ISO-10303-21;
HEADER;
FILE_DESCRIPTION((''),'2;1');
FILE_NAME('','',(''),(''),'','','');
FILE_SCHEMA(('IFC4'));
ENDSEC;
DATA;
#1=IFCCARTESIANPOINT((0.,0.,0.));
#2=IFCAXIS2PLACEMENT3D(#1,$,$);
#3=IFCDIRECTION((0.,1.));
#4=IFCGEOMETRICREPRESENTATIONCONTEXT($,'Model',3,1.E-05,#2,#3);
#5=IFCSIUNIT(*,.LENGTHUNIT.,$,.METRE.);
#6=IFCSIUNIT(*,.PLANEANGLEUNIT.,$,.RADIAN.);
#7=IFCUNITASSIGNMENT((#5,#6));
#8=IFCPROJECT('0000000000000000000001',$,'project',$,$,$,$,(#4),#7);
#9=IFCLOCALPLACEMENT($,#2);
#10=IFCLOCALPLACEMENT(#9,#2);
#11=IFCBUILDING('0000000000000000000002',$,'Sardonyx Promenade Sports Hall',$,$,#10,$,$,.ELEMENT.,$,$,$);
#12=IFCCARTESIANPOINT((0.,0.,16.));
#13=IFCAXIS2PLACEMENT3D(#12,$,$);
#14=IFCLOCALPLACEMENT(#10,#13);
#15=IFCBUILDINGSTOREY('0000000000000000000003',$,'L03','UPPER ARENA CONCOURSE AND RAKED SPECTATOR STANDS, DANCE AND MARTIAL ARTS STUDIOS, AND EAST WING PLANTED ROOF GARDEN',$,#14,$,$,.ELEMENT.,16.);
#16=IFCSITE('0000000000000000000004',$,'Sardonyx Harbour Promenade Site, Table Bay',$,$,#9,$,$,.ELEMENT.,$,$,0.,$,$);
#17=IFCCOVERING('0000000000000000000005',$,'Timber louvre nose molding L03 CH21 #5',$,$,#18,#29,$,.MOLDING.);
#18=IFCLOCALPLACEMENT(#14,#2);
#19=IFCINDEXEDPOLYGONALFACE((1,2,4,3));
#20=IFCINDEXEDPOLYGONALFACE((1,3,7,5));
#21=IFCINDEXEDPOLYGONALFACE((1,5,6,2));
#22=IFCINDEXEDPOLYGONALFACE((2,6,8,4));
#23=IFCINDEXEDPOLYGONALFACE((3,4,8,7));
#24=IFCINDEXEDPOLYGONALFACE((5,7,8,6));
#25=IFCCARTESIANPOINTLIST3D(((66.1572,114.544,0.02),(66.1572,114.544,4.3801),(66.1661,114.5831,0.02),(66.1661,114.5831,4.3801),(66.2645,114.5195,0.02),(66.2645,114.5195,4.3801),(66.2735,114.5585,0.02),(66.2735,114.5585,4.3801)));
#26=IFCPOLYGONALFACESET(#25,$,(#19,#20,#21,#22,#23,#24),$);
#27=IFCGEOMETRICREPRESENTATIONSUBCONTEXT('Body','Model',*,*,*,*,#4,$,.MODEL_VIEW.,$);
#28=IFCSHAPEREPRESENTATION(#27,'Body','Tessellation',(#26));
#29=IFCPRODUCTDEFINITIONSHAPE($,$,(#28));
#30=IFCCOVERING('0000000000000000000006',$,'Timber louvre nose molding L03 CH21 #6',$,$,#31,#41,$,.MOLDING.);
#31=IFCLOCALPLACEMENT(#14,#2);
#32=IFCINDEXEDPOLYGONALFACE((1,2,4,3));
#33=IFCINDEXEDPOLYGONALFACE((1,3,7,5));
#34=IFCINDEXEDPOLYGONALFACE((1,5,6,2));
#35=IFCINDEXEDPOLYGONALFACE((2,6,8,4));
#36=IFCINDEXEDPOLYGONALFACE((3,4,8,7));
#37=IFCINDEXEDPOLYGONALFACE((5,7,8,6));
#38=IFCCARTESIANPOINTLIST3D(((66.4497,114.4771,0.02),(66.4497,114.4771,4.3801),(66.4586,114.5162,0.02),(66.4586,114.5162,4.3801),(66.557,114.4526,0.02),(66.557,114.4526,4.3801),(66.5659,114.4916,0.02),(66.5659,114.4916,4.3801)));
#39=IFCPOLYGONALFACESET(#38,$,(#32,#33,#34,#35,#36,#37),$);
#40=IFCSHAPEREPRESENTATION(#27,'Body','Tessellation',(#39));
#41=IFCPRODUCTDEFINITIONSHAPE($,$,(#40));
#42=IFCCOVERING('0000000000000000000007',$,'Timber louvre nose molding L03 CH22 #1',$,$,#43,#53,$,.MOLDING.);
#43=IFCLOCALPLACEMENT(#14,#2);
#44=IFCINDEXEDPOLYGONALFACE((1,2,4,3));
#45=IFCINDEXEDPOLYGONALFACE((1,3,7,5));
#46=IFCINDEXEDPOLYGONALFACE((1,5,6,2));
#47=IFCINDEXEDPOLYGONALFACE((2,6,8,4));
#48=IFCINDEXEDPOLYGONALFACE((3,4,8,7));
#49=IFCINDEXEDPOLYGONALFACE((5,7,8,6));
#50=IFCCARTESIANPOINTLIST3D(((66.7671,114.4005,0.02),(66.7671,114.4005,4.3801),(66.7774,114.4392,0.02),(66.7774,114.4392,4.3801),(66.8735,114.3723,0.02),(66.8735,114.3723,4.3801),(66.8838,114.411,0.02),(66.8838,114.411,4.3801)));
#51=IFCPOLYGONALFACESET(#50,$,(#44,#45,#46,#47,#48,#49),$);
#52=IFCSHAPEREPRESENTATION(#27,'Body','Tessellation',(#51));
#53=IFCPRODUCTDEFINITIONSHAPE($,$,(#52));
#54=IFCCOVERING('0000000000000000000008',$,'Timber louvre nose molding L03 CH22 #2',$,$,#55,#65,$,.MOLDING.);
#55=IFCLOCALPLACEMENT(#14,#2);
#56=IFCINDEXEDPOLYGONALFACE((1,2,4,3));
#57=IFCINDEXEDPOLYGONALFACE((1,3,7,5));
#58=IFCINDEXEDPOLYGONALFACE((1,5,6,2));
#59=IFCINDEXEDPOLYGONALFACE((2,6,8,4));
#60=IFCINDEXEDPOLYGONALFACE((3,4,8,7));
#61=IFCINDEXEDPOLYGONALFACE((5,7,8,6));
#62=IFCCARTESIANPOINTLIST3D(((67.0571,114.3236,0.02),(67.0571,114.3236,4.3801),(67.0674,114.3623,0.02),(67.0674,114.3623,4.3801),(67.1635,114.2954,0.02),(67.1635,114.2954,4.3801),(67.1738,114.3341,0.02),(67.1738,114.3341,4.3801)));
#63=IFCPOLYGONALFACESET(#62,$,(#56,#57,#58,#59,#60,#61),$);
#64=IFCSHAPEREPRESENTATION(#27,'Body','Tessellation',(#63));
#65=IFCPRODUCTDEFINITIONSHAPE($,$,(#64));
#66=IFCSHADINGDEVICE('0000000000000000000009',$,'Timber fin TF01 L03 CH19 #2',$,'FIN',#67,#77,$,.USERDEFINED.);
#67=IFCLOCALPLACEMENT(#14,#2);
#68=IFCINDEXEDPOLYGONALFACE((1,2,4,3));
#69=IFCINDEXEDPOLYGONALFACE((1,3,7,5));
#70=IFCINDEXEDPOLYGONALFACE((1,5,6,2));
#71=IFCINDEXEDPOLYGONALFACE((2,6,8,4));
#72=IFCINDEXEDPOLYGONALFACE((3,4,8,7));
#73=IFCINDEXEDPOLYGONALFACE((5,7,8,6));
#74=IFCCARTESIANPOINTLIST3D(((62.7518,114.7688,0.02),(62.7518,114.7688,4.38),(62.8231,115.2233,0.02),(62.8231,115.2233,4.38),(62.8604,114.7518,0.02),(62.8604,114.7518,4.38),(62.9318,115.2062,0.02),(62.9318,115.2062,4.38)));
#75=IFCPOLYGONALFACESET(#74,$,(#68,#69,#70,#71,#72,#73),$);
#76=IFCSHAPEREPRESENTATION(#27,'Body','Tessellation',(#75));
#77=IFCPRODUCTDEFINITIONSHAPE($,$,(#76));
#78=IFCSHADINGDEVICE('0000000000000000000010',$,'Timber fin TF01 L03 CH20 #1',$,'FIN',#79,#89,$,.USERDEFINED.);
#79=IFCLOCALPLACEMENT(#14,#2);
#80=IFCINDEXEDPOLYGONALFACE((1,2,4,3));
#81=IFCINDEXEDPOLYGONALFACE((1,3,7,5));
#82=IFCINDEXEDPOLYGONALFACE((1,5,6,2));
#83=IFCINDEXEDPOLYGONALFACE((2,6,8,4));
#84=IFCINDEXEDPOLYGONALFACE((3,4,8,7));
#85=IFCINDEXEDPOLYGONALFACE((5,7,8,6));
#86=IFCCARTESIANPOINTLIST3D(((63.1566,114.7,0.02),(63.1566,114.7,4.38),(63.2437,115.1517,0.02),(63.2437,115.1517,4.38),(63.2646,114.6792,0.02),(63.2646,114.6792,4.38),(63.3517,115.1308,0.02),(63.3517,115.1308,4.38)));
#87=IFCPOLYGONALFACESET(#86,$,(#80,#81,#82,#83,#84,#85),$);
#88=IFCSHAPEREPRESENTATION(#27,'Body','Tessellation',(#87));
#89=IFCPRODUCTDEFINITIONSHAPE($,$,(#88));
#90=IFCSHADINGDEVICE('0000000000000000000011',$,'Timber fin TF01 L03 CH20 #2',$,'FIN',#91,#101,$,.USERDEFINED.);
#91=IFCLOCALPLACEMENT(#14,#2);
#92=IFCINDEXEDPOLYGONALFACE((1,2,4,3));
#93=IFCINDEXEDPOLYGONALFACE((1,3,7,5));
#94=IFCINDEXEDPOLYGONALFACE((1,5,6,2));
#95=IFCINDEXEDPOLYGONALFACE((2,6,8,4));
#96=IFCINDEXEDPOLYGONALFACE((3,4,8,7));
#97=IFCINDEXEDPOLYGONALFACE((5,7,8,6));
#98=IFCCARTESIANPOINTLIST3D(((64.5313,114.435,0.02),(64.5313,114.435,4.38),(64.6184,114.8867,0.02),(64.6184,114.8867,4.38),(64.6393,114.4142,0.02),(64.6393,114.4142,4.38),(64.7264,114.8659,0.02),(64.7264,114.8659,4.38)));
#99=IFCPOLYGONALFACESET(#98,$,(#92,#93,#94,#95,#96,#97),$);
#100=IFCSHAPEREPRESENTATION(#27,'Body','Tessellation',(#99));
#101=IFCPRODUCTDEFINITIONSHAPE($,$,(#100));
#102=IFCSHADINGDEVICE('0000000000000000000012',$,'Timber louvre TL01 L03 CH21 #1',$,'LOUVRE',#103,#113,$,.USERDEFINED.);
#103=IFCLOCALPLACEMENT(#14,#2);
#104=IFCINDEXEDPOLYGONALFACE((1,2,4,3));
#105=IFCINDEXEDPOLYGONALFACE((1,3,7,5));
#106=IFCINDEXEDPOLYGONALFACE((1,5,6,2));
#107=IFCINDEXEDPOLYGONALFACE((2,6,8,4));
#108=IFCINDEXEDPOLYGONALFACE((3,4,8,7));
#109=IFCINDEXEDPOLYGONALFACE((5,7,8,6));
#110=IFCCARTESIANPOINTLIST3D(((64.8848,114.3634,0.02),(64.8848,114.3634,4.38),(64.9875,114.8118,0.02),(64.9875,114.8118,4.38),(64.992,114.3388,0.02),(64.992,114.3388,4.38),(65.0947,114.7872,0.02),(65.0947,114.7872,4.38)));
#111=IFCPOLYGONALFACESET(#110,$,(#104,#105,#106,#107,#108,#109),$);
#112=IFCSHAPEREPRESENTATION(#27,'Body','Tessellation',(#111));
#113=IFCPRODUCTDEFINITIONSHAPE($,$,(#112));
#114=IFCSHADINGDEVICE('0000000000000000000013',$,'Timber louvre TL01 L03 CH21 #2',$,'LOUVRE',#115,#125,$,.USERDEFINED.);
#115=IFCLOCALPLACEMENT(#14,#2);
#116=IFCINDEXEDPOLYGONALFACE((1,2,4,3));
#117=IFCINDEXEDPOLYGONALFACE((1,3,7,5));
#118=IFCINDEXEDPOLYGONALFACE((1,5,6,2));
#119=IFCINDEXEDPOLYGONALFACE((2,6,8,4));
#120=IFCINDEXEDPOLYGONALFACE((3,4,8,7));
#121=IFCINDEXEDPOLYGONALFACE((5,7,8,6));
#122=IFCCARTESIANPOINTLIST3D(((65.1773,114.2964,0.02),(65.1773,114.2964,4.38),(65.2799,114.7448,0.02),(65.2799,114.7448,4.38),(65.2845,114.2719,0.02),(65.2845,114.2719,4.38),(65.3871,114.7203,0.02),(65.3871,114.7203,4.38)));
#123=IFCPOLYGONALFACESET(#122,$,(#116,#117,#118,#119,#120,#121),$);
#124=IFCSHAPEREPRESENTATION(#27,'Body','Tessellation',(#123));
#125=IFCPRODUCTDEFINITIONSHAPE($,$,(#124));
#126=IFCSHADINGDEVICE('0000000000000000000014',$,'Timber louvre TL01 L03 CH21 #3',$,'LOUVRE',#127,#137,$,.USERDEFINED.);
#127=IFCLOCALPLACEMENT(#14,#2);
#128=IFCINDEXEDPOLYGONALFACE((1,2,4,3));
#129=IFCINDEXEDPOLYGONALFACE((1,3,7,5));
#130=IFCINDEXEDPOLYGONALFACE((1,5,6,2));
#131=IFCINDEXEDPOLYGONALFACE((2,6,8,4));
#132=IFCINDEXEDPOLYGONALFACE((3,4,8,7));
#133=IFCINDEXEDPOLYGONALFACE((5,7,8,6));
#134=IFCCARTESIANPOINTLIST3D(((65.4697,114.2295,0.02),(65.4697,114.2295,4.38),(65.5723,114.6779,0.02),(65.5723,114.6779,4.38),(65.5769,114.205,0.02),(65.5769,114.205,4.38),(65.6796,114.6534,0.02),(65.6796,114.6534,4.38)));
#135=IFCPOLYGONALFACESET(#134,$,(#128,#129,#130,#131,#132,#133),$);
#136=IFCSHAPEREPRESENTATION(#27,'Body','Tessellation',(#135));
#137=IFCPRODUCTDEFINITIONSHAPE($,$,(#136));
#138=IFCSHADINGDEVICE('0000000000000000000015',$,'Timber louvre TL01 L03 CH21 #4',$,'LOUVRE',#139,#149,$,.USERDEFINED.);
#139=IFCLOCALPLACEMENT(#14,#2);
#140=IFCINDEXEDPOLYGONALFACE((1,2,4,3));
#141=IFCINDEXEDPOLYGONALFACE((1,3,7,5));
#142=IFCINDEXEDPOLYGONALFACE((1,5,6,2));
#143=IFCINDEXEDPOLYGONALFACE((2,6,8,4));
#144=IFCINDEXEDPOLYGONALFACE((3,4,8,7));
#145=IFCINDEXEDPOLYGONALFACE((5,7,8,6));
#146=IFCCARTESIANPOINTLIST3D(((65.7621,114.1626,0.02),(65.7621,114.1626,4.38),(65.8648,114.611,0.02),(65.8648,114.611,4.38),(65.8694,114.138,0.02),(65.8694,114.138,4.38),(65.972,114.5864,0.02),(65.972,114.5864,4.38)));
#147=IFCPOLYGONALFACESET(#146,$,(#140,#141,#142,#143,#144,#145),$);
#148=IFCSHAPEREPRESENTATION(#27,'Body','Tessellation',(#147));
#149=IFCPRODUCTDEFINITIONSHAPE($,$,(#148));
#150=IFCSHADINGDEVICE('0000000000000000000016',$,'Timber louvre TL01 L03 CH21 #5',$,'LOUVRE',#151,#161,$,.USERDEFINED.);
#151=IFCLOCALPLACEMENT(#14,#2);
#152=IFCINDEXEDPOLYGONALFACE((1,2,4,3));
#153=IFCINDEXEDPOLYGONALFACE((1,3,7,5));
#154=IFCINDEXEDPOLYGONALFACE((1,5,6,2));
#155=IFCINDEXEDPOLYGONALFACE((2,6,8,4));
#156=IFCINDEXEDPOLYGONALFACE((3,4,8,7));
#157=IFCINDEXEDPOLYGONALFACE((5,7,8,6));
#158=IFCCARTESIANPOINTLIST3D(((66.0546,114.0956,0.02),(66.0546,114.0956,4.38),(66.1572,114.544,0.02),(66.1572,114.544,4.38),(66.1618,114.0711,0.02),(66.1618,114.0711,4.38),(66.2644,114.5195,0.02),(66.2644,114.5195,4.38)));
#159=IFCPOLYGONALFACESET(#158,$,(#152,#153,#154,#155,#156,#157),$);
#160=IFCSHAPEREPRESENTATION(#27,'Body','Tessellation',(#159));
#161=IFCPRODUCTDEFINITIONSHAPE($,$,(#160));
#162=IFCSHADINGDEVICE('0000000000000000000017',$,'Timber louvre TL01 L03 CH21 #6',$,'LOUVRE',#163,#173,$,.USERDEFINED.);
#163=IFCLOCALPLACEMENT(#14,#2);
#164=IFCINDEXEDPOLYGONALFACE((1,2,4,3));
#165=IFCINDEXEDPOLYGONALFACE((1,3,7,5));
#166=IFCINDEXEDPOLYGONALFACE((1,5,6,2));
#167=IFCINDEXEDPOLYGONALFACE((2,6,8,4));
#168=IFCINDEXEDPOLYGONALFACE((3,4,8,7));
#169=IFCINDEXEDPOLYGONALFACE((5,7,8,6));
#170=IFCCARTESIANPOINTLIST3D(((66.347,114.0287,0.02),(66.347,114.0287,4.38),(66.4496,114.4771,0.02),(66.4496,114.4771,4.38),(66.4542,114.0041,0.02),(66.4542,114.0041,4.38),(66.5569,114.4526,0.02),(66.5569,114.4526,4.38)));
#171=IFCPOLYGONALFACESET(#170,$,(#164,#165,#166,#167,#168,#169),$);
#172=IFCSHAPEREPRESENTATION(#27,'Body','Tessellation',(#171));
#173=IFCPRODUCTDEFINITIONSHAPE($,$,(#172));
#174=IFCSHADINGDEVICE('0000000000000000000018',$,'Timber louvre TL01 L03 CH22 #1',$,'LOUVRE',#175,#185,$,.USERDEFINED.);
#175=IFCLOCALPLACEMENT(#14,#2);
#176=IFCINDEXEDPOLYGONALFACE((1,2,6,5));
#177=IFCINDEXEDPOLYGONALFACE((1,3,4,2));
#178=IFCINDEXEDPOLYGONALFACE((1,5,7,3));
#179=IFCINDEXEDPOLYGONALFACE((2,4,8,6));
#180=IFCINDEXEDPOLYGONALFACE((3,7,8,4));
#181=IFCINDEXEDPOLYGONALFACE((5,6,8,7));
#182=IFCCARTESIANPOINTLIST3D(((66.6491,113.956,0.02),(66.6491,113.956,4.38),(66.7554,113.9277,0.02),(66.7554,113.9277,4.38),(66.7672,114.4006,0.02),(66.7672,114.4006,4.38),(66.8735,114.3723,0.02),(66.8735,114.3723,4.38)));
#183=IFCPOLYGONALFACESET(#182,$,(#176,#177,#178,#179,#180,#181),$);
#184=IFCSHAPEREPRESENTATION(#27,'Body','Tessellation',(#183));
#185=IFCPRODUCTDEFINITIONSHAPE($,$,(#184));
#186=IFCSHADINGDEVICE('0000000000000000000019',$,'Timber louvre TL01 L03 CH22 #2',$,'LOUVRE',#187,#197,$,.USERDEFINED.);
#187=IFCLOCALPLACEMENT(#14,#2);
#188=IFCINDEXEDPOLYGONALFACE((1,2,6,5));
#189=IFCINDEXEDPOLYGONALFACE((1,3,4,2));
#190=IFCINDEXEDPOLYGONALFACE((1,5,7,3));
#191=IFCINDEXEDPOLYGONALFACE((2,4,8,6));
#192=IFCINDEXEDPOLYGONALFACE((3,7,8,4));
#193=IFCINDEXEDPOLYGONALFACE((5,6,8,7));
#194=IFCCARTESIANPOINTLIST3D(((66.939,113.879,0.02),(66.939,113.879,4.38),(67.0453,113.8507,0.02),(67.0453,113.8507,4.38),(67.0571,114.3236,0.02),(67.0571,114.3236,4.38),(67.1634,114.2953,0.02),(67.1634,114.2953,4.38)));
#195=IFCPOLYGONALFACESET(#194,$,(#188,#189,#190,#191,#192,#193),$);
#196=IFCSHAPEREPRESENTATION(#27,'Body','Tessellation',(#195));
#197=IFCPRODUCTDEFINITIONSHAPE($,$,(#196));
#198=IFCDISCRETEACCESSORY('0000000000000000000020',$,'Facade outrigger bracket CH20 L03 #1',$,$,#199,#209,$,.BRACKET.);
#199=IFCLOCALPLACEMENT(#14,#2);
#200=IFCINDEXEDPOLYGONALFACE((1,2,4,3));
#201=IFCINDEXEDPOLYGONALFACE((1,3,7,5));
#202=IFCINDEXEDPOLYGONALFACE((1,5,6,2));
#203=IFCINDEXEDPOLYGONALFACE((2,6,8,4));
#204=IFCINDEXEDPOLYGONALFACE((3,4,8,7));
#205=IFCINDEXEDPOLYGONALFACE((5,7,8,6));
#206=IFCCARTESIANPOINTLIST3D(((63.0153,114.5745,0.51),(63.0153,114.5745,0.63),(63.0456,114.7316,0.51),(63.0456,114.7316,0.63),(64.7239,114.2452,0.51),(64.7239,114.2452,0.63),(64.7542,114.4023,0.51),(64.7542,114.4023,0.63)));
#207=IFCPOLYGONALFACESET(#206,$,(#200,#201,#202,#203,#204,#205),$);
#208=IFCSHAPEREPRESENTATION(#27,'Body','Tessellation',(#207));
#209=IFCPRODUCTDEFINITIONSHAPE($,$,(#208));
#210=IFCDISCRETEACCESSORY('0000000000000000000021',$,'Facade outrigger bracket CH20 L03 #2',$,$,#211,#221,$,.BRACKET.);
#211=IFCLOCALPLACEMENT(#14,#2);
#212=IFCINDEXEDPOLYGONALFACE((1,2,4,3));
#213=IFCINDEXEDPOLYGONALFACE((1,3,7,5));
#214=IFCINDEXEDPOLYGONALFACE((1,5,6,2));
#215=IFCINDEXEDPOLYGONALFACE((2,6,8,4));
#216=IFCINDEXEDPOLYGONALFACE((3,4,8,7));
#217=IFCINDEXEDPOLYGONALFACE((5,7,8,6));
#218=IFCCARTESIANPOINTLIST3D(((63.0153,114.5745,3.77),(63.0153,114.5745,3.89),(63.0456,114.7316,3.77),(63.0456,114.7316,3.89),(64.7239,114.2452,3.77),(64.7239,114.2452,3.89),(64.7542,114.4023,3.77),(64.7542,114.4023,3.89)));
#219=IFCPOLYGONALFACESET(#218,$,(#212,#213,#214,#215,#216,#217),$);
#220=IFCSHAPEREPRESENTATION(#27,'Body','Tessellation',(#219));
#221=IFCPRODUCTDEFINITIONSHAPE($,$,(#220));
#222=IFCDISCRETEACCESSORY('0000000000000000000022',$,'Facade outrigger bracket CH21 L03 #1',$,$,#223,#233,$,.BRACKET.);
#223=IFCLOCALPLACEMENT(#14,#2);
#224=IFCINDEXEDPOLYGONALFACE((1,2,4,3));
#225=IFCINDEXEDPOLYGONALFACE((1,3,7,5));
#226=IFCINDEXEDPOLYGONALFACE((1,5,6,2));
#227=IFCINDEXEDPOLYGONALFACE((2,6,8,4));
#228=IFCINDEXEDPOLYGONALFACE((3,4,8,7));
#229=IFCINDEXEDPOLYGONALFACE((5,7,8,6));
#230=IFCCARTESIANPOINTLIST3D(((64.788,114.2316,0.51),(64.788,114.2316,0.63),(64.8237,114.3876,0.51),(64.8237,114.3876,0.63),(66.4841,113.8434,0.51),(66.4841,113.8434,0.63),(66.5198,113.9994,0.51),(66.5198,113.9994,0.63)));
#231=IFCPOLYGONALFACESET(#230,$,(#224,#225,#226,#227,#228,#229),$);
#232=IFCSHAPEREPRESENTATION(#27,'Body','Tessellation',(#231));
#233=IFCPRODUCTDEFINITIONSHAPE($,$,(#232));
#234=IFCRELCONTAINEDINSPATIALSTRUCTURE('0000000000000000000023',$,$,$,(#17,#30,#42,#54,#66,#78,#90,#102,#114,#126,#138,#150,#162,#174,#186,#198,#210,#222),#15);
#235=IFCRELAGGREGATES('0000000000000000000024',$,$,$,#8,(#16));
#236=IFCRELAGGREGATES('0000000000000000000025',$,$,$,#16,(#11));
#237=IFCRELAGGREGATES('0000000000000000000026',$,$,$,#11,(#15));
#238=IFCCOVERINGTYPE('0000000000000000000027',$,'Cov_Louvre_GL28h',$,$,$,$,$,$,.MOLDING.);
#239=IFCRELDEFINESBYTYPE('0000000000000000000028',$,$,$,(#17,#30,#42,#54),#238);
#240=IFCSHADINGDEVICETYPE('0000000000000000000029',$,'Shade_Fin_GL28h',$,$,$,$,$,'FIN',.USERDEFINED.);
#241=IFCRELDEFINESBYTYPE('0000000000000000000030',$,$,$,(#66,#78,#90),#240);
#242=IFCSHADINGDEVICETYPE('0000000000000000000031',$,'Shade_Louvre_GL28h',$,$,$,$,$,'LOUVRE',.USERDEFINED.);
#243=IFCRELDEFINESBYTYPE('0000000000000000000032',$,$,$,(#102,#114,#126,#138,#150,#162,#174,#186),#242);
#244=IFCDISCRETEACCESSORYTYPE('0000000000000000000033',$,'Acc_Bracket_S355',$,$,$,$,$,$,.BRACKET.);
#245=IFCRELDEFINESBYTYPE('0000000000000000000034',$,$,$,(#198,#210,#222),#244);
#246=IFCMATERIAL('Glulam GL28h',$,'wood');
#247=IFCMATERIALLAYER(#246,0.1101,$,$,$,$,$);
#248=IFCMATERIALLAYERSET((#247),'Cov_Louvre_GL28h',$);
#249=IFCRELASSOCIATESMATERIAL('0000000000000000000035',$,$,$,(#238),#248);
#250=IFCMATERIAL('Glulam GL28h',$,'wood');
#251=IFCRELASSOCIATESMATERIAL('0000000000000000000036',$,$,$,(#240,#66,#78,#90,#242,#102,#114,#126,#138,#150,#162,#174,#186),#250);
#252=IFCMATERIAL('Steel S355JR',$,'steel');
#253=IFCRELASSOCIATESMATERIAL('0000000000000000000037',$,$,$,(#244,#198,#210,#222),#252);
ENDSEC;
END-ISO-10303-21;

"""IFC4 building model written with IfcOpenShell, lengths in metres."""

from ifc_helpers import new_model, si_unit, direction, frame, origin, origin_2d, place, context, subcontext, project, spatial, rectangle, extrude, material, layer, layer_set, type_object, element, save


model = new_model("IFC4")

# Units and contexts
model_context = context("Model", 3, precision=1e-05, world=origin(), true_north=direction((0.0, 1.0)))
body_context = subcontext(model_context, "Body", "Model", "MODEL_VIEW")
ifc_project = project(units=[si_unit("LENGTHUNIT", "METRE"), si_unit("PLANEANGLEUNIT", "RADIAN")], contexts=[model_context])

# Site, building, storey
site_placement = place(None, origin())
site = spatial("IfcSite", under=ifc_project, at=site_placement, Name="Sardonyx Harbour Promenade Site, Table Bay", CompositionType="ELEMENT", RefElevation=0.0)
building_placement = place(site_placement, origin())
building = spatial("IfcBuilding", under=site, at=building_placement, Name="Sardonyx Promenade Sports Hall", CompositionType="ELEMENT")
storey_placement = place(building_placement, frame((0.0, 0.0, 16.0)))
storey = spatial("IfcBuildingStorey", under=building, at=storey_placement, Name="L03", Description="UPPER ARENA CONCOURSE AND RAKED SPECTATOR STANDS, DANCE AND MARTIAL ARTS STUDIOS, AND EAST WING PLANTED ROOF GARDEN", CompositionType="ELEMENT", Elevation=16.0)

# Coverings
ifc_material_1 = material(Name="Glulam GL28h", Category="wood")
ifc_layer_1 = layer(ifc_material_1, 0.1101)
ifc_layer_set_1 = layer_set([ifc_layer_1], Name="Cov_Louvre_GL28h")
covering_type = type_object("IfcCoveringType", Name="Cov_Louvre_GL28h", PredefinedType="MOLDING", material=ifc_layer_set_1)
for number, where, z_axis, x_axis, name in (
    (1, (66.2153, 114.5513, 0.02), (0.0, 0.0, 1.0), (0.974792, -0.223117, 0.0), "Timber louvre nose molding L03 CH21 #5"),
    (2, (66.5078, 114.4844, 0.02), (0.0, 0.0, 1.0), (0.974792, -0.223117, 0.0), "Timber louvre nose molding L03 CH21 #6"),
    (3, (66.8254, 114.4058, 0.02), (0.0, 0.0, 1.0), (0.966485, -0.256721, 0.0), "Timber louvre nose molding L03 CH22 #1"),
    (4, (67.1155, 114.3289, 0.02), (0.0, 0.0, 1.0), (0.966485, -0.256721, 0.0), "Timber louvre nose molding L03 CH22 #2"),
):
    element("IfcCovering", number, at=place(storey_placement, frame(where, z_axis=z_axis, x_axis=x_axis)), inside=storey, type_object=covering_type, Name=name, PredefinedType="MOLDING", context=body_context, shape_type="SweptSolid", body=[
        extrude(rectangle(XDim=0.1101, YDim=0.04, at=origin_2d()), origin(), (0.0, 0.0, 1.0), 4.3601),
    ])

# Shading devices
ifc_material_2 = material(Name="Glulam GL28h", Category="wood")
shading_device_type_1 = type_object("IfcShadingDeviceType", Name="Shade_Fin_GL28h", ElementType="FIN", PredefinedType="USERDEFINED", material=ifc_material_2)
for number, where, z_axis, x_axis, name in (
    (5, (62.8418, 114.9875, 0.02), (0.0, 0.0, 1.0), (0.987891, -0.155148, 0.0), "Timber fin TF01 L03 CH19 #2"),
    (6, (63.2542, 114.9154, 0.02), (0.0, 0.0, 1.0), (0.98193, -0.189246, 0.0), "Timber fin TF01 L03 CH20 #1"),
    (7, (64.6289, 114.6505, 0.02), (0.0, 0.0, 1.0), (0.98193, -0.189246, 0.0), "Timber fin TF01 L03 CH20 #2"),
):
    element("IfcShadingDevice", number, at=place(storey_placement, frame(where, z_axis=z_axis, x_axis=x_axis)), inside=storey, type_object=shading_device_type_1, material=ifc_material_2, Name=name, ObjectType="FIN", PredefinedType="USERDEFINED", context=body_context, shape_type="SweptSolid", body=[
        extrude(rectangle(XDim=0.11, YDim=0.46), origin(), (0.0, 0.0, 1.0), 4.36),
    ])
shading_device_type_2 = type_object("IfcShadingDeviceType", Name="Shade_Louvre_GL28h", ElementType="LOUVRE", PredefinedType="USERDEFINED", material=ifc_material_2)
for number, where, z_axis, x_axis, name in (
    (8, (64.9898, 114.5753, 0.02), (0.0, 0.0, 1.0), (0.974792, -0.223117, 0.0), "Timber louvre TL01 L03 CH21 #1"),
    (9, (65.2822, 114.5084, 0.02), (0.0, 0.0, 1.0), (0.974792, -0.223117, 0.0), "Timber louvre TL01 L03 CH21 #2"),
    (10, (65.5746, 114.4414, 0.02), (0.0, 0.0, 1.0), (0.974792, -0.223117, 0.0), "Timber louvre TL01 L03 CH21 #3"),
    (11, (65.8671, 114.3745, 0.02), (0.0, 0.0, 1.0), (0.974792, -0.223117, 0.0), "Timber louvre TL01 L03 CH21 #4"),
    (12, (66.1595, 114.3076, 0.02), (0.0, 0.0, 1.0), (0.974792, -0.223117, 0.0), "Timber louvre TL01 L03 CH21 #5"),
    (13, (66.4519, 114.2406, 0.02), (0.0, 0.0, 1.0), (0.974792, -0.223117, 0.0), "Timber louvre TL01 L03 CH21 #6"),
    (14, (66.7613, 114.1642, 0.02), (0.0, 0.0, 1.0), (0.966485, -0.256721, 0.0), "Timber louvre TL01 L03 CH22 #1"),
    (15, (67.0512, 114.0871, 0.02), (0.0, 0.0, 1.0), (0.966485, -0.256721, 0.0), "Timber louvre TL01 L03 CH22 #2"),
):
    element("IfcShadingDevice", number, at=place(storey_placement, frame(where, z_axis=z_axis, x_axis=x_axis)), inside=storey, type_object=shading_device_type_2, material=ifc_material_2, Name=name, ObjectType="LOUVRE", PredefinedType="USERDEFINED", context=body_context, shape_type="SweptSolid", body=[
        extrude(rectangle(XDim=0.11, YDim=0.46), origin(), (0.0, 0.0, 1.0), 4.36),
    ])

# Discrete accessories
ifc_material_3 = material(Name="Steel S355JR", Category="steel")
discrete_accessory_type = type_object("IfcDiscreteAccessoryType", Name="Acc_Bracket_S355", PredefinedType="BRACKET", material=ifc_material_3)
for number, where, z_axis, x_axis, name in (
    (16, (63.8847, 114.4884, 0.51), (0.0, 0.0, 1.0), (0.98193, -0.189246, 0.0), "Facade outrigger bracket CH20 L03 #1"),
    (17, (63.8847, 114.4884, 3.77), (0.0, 0.0, 1.0), (0.98193, -0.189246, 0.0), "Facade outrigger bracket CH20 L03 #2"),
    (18, (65.6539, 114.1155, 0.51), (0.0, 0.0, 1.0), (0.974792, -0.223117, 0.0), "Facade outrigger bracket CH21 L03 #1"),
):
    element("IfcDiscreteAccessory", number, at=place(storey_placement, frame(where, z_axis=z_axis, x_axis=x_axis)), inside=storey, type_object=discrete_accessory_type, material=ifc_material_3, Name=name, PredefinedType="BRACKET", context=body_context, shape_type="SweptSolid", body=[
        extrude(rectangle(XDim=1.74, YDim=0.16), origin(), (0.0, 0.0, 1.0), 0.12),
    ])

save(model, "model.ifc")
